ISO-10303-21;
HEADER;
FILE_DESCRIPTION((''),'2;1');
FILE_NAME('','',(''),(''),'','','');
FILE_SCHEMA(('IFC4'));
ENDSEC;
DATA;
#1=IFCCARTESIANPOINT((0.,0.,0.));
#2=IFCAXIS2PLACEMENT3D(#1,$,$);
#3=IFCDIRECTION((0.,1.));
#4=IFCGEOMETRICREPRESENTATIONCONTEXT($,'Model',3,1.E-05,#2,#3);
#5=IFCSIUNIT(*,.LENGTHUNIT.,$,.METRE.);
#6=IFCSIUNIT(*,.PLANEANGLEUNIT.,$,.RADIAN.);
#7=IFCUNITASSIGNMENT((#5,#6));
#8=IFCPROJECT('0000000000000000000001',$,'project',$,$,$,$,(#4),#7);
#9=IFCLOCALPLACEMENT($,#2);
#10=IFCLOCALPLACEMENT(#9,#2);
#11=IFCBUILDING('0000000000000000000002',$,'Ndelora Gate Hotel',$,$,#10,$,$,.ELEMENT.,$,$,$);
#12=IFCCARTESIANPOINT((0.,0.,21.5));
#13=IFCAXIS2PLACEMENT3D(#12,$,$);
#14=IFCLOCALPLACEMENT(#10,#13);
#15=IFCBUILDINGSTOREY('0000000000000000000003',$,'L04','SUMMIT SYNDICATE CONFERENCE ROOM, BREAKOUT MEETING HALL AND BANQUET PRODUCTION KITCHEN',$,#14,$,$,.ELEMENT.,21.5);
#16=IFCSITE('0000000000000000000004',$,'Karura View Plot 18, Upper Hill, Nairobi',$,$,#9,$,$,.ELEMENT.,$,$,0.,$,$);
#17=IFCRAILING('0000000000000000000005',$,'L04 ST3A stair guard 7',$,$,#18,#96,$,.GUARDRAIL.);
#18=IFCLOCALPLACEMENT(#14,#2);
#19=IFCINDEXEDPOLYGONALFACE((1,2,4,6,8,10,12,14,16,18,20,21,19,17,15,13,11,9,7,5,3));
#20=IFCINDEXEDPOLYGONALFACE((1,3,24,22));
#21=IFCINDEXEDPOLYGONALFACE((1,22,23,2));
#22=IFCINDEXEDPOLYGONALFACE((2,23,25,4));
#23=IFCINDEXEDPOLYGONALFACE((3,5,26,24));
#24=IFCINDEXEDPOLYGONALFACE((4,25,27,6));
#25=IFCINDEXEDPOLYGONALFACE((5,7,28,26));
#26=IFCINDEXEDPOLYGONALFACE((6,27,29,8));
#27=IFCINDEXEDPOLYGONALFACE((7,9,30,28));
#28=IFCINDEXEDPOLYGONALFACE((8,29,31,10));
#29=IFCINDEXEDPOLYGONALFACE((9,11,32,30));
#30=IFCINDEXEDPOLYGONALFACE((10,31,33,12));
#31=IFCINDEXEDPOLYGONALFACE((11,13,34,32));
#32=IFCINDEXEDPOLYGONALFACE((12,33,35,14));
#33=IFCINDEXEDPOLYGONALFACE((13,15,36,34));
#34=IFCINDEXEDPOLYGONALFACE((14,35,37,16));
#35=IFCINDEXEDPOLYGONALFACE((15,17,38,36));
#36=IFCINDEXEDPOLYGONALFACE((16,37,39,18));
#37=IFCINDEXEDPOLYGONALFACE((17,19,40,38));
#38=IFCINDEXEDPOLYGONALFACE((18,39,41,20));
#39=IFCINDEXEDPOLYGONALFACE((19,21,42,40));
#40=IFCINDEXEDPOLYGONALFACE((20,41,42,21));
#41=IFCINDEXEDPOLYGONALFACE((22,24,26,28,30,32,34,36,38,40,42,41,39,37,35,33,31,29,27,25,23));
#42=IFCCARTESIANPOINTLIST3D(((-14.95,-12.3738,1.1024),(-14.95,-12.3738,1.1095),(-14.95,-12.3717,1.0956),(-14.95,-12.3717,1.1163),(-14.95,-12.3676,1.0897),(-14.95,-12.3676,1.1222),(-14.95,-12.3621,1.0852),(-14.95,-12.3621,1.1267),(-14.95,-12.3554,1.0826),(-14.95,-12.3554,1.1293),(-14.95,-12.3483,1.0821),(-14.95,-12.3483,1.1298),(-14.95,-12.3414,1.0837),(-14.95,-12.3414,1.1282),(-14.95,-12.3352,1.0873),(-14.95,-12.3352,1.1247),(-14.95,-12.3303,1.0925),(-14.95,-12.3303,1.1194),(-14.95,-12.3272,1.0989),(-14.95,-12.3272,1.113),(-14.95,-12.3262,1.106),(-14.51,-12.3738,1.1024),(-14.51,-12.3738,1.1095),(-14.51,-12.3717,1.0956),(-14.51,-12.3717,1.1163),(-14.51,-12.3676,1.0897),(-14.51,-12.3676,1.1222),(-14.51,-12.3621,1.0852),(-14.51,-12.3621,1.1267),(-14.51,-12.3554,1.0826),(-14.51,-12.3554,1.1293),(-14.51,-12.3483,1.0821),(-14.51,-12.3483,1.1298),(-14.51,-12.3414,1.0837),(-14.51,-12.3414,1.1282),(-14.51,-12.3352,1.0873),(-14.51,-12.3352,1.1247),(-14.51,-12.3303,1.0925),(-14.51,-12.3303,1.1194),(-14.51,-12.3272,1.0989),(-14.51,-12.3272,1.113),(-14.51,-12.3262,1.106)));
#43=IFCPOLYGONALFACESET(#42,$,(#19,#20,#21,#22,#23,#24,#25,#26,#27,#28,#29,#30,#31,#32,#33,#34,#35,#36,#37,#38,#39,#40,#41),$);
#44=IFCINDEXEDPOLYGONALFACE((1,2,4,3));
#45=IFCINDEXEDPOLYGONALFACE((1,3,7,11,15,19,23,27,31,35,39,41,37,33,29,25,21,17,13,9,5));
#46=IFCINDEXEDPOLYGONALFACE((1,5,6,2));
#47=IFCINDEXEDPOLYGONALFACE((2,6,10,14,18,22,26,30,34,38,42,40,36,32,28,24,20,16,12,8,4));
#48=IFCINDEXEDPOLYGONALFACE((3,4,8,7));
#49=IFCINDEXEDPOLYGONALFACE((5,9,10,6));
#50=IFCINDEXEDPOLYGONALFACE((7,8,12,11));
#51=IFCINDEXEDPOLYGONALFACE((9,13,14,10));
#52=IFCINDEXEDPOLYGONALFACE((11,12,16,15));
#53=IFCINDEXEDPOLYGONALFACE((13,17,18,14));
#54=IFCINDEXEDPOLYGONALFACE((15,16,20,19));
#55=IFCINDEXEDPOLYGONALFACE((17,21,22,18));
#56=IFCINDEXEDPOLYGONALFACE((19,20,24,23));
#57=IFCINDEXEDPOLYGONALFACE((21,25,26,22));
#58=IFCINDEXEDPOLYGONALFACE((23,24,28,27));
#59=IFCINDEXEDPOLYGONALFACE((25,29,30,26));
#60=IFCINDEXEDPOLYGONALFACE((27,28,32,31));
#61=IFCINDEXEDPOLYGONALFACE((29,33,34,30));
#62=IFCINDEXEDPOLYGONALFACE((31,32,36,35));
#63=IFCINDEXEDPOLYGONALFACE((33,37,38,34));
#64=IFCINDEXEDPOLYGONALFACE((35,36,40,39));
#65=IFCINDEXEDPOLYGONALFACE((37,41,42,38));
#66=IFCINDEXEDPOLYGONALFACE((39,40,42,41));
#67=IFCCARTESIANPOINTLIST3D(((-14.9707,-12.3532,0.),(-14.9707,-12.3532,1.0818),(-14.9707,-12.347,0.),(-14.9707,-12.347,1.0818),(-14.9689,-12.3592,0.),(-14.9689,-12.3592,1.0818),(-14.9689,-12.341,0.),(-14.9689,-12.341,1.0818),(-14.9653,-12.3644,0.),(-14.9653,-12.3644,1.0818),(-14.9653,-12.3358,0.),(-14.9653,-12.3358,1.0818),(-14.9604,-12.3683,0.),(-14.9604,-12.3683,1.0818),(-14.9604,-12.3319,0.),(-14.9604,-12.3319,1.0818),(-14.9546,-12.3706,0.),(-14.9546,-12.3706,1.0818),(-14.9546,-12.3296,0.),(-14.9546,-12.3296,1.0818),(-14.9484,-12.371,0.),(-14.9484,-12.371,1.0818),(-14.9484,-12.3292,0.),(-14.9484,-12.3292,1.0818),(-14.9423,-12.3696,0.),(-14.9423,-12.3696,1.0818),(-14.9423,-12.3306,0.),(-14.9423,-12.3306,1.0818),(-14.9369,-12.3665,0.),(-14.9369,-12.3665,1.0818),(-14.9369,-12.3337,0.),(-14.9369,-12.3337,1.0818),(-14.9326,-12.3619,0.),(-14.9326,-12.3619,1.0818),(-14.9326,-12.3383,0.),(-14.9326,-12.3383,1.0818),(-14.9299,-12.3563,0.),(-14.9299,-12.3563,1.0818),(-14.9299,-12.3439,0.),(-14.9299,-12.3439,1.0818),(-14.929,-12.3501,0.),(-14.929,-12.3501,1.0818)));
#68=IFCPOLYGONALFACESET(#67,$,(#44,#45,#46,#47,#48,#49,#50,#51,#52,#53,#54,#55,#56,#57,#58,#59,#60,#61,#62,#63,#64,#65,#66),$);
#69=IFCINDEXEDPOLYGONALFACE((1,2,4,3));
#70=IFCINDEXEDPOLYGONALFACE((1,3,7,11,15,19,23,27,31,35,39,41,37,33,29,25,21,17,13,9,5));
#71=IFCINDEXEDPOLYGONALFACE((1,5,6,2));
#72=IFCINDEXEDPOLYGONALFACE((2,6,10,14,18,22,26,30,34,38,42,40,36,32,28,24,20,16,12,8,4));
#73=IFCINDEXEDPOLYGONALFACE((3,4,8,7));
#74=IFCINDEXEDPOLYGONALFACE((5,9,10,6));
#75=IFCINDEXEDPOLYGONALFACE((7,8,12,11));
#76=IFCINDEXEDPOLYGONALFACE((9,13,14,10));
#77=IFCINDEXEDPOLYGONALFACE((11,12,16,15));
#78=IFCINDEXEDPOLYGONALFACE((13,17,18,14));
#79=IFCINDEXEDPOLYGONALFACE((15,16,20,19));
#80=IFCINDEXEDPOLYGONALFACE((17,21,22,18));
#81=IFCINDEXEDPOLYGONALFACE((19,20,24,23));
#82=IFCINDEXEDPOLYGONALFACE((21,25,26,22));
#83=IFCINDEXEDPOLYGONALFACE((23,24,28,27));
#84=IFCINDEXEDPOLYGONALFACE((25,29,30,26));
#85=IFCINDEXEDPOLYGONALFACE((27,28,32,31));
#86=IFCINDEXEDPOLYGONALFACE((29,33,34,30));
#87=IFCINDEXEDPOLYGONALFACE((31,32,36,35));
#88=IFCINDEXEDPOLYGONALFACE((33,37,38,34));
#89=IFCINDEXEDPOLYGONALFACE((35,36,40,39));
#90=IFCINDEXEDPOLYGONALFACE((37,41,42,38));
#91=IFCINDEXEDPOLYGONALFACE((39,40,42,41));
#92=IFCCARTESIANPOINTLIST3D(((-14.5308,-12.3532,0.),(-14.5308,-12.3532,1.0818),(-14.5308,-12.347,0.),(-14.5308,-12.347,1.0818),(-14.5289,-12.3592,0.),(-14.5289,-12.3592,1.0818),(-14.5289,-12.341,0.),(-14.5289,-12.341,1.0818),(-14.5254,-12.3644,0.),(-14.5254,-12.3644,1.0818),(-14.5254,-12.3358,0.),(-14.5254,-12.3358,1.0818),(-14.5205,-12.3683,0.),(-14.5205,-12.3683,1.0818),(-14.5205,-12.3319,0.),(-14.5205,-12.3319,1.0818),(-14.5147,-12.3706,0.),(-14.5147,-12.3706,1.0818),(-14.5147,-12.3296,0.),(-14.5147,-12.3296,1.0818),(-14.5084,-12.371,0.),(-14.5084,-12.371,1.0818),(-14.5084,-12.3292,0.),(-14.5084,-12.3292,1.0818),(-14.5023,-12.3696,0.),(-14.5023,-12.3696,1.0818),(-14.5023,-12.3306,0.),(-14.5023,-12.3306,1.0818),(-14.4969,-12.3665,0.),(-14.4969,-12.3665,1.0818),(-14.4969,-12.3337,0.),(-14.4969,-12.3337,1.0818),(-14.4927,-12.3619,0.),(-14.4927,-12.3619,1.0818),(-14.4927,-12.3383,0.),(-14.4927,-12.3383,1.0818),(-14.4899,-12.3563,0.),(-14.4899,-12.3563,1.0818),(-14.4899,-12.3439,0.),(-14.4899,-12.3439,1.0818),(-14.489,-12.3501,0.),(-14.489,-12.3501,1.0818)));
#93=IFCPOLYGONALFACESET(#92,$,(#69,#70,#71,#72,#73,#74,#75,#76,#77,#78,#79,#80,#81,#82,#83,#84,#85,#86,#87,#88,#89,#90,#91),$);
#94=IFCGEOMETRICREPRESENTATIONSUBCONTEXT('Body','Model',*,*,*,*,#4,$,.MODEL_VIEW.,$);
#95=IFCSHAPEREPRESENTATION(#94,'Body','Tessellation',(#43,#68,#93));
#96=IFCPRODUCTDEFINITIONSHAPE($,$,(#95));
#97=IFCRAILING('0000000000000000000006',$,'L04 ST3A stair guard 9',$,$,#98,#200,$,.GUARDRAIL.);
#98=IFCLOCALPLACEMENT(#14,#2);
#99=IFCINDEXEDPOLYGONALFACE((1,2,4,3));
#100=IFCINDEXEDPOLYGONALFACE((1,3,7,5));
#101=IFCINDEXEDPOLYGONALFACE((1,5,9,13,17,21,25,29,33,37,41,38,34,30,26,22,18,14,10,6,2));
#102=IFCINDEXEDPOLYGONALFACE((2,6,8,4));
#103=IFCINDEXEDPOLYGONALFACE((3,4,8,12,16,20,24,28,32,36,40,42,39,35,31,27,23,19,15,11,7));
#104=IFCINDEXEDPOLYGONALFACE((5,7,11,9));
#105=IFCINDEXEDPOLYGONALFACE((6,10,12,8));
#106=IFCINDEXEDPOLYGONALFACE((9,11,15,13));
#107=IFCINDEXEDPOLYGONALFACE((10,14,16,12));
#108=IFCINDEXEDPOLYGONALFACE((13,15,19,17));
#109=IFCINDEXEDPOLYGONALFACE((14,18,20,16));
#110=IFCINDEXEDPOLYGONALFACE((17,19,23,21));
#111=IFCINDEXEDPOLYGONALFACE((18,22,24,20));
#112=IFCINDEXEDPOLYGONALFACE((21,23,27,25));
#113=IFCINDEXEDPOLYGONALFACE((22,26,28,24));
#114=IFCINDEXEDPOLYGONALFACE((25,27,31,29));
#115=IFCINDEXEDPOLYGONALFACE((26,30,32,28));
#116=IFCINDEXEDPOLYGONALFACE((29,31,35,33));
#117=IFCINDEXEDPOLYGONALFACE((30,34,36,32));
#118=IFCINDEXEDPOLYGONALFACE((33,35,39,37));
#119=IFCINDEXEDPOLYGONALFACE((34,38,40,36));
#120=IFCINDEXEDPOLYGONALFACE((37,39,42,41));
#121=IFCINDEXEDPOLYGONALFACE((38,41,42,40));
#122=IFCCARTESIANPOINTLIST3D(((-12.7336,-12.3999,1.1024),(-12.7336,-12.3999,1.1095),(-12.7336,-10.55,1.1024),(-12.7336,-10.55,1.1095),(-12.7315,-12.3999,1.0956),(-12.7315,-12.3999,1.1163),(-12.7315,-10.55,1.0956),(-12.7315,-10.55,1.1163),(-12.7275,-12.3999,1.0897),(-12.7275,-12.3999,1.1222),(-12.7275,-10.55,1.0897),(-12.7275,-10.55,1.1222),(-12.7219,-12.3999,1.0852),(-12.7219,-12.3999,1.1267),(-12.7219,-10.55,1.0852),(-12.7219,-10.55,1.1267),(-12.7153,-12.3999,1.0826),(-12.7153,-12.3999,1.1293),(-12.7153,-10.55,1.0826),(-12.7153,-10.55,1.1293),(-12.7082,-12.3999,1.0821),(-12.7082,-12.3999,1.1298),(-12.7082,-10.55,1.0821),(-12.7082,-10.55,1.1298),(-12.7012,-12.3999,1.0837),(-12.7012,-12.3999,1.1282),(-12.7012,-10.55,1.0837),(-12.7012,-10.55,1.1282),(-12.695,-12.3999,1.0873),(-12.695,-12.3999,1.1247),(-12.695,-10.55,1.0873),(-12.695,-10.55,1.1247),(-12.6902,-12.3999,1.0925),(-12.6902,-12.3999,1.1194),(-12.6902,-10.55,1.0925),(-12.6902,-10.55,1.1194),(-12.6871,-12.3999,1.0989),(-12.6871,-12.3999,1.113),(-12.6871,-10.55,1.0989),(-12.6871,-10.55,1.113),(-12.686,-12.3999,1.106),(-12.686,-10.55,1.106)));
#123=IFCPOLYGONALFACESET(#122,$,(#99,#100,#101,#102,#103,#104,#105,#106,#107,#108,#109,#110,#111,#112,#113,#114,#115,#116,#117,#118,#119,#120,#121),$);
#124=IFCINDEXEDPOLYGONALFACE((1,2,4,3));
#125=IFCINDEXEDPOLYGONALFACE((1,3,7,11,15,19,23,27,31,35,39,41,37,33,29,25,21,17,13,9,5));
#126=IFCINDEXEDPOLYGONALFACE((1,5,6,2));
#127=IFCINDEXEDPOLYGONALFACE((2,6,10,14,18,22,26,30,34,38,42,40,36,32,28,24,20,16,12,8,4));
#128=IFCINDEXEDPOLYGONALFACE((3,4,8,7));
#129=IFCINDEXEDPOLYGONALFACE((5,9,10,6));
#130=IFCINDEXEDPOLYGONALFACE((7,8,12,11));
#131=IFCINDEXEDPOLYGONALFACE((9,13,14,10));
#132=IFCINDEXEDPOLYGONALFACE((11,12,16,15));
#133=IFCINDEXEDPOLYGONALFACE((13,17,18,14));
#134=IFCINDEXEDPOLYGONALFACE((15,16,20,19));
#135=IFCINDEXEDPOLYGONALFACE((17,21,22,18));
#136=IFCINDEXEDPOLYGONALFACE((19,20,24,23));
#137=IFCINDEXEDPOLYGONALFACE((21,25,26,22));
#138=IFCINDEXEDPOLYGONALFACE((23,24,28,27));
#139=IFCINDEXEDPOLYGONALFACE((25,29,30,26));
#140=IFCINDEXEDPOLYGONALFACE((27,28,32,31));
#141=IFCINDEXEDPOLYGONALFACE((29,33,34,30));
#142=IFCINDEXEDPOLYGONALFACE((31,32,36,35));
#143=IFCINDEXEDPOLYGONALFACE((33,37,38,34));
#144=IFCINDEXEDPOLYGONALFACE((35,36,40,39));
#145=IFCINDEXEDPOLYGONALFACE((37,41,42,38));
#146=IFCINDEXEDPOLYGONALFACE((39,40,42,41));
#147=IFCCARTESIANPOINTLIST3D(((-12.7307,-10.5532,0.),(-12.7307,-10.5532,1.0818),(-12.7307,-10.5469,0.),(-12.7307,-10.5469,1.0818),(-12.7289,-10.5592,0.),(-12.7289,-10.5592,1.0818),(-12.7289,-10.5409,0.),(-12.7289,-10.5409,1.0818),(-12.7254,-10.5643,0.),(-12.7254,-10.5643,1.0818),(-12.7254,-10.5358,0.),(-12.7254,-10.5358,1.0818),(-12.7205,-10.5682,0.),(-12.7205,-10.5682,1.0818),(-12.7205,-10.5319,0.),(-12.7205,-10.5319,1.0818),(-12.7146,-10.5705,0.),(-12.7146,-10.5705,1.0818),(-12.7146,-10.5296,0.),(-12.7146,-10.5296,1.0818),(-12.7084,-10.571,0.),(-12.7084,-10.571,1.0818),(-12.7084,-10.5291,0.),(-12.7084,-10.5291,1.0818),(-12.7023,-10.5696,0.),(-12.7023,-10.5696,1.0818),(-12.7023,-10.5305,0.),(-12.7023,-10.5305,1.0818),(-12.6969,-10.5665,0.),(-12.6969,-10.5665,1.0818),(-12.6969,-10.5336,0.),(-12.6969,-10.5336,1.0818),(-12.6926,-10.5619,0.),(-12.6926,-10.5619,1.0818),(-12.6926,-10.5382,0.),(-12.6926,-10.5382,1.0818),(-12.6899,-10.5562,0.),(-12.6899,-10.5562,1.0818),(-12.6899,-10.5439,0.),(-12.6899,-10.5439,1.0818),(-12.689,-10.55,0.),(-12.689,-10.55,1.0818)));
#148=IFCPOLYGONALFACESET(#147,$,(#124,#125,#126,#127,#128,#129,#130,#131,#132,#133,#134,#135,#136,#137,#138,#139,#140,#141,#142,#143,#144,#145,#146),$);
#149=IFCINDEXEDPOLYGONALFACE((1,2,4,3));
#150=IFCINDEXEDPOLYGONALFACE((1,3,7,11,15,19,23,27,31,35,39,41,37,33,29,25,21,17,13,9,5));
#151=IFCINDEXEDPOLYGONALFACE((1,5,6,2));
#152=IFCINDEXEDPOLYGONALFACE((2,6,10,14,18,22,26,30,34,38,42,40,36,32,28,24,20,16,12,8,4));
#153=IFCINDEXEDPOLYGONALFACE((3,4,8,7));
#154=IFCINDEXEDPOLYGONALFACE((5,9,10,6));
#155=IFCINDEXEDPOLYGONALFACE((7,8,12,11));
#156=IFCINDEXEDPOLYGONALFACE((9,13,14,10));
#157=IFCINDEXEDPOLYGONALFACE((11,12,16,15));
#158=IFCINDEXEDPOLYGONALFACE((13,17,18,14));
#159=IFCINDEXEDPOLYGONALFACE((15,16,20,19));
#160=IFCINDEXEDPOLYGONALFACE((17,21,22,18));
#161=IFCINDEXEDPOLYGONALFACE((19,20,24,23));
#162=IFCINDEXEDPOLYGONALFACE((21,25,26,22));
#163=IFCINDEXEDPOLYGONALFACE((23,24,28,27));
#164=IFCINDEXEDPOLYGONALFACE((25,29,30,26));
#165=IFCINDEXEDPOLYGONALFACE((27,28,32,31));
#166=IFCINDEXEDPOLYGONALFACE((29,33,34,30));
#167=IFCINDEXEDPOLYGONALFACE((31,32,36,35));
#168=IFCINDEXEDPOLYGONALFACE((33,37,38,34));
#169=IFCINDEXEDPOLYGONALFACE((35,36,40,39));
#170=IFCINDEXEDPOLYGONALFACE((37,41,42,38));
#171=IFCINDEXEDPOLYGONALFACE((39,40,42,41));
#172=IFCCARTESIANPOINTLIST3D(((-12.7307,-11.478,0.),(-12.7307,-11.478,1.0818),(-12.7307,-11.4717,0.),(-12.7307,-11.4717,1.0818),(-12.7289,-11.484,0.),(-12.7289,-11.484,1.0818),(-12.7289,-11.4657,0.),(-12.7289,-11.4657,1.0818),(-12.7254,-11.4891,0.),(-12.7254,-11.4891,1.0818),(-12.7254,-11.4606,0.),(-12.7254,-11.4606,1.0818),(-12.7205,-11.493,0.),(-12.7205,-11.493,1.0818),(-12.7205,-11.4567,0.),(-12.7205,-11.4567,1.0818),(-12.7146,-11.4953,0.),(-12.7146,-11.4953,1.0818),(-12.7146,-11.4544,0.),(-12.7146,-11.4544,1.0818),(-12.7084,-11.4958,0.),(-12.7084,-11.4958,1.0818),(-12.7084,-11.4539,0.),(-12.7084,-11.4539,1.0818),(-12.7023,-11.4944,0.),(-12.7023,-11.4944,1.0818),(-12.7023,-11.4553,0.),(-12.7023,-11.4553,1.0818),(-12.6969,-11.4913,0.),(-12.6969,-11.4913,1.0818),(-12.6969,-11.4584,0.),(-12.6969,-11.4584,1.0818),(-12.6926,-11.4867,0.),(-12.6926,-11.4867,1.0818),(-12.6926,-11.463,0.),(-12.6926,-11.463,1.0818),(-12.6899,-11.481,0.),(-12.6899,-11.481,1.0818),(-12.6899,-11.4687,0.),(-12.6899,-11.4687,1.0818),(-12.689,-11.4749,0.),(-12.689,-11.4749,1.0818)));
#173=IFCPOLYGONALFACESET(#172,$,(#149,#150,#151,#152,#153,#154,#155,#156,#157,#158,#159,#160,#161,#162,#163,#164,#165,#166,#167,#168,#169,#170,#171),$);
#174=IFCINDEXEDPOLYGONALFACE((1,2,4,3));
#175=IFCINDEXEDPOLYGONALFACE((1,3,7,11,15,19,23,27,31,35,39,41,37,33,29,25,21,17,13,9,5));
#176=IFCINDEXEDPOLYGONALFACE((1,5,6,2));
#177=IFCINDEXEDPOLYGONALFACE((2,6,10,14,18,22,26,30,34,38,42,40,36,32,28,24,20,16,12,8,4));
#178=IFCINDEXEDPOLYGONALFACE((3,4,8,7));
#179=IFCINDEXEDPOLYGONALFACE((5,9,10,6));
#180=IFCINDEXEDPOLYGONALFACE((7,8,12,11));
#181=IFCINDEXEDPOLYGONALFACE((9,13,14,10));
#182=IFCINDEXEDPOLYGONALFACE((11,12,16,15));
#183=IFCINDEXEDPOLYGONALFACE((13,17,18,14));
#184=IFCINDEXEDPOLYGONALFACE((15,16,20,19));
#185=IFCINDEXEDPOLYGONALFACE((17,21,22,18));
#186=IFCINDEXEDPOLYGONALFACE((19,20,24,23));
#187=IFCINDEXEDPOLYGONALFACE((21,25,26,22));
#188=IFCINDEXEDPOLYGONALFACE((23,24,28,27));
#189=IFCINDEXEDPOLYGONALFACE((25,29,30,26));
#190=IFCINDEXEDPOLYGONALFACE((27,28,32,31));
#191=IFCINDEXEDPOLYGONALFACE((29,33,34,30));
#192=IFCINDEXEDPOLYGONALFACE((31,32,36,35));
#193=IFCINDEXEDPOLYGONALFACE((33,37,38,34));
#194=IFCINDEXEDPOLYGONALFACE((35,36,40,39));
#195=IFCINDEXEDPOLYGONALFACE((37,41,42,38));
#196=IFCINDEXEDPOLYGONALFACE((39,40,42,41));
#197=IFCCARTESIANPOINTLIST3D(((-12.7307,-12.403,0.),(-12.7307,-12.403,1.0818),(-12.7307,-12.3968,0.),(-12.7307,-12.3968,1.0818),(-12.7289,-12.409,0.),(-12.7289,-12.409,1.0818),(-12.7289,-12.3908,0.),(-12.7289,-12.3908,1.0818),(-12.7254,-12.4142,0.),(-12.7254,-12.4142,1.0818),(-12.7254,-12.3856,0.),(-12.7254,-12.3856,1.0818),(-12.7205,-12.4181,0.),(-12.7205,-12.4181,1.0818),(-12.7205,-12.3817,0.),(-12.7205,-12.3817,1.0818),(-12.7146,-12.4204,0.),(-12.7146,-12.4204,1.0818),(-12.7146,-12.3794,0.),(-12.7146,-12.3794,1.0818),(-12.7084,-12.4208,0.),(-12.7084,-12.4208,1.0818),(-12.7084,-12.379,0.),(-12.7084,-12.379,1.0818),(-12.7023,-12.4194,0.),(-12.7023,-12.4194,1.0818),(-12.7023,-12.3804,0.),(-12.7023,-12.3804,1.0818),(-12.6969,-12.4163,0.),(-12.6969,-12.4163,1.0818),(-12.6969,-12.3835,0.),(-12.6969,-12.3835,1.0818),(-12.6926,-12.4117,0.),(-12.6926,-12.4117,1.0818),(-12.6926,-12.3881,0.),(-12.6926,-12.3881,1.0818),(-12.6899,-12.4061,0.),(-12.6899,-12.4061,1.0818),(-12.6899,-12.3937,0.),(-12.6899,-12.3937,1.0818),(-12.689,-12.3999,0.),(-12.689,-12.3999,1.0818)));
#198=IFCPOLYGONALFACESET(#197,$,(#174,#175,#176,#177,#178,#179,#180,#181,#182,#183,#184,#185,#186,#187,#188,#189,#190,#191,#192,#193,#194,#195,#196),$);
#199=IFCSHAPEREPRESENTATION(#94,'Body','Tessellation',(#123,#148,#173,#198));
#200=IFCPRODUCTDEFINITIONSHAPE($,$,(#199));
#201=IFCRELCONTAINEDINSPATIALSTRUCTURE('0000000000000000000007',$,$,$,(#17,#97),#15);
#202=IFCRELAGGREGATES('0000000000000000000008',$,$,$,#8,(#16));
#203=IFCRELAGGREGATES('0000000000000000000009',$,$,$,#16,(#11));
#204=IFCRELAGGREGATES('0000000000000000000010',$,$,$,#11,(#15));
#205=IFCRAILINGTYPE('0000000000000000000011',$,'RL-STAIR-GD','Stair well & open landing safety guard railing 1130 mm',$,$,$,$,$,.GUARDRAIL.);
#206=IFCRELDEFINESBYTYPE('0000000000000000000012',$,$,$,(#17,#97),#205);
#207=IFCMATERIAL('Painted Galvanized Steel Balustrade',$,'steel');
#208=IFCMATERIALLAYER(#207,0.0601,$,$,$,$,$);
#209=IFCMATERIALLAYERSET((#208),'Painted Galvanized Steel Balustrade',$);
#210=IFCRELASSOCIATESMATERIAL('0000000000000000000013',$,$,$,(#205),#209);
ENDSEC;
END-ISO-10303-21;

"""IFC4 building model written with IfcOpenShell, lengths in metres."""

from ifc_helpers import new_model, si_unit, direction, frame, origin, origin_2d, place, context, subcontext, project, spatial, circle, extrude, material, layer, layer_set, type_object, element, save


model = new_model("IFC4")

# Units and contexts
model_context = context("Model", 3, precision=1e-05, world=origin(), true_north=direction((0.0, 1.0)))
body_context = subcontext(model_context, "Body", "Model", "MODEL_VIEW")
ifc_project = project(units=[si_unit("LENGTHUNIT", "METRE"), si_unit("PLANEANGLEUNIT", "RADIAN")], contexts=[model_context])

# Site, building, storey
site_placement = place(None, origin())
site = spatial("IfcSite", under=ifc_project, at=site_placement, Name="Karura View Plot 18, Upper Hill, Nairobi", CompositionType="ELEMENT", RefElevation=0.0)
building_placement = place(site_placement, origin())
building = spatial("IfcBuilding", under=site, at=building_placement, Name="Ndelora Gate Hotel", CompositionType="ELEMENT")
storey_placement = place(building_placement, frame((0.0, 0.0, 21.5)))
storey = spatial("IfcBuildingStorey", under=building, at=storey_placement, Name="L04", Description="SUMMIT SYNDICATE CONFERENCE ROOM, BREAKOUT MEETING HALL AND BANQUET PRODUCTION KITCHEN", CompositionType="ELEMENT", Elevation=21.5)

# Railings
ifc_material_1 = material(Name="Painted Galvanized Steel Balustrade", Category="steel")
ifc_layer_1 = layer(ifc_material_1, 0.0601)
ifc_layer_set_1 = layer_set([ifc_layer_1], Name="Painted Galvanized Steel Balustrade")
railing_type_1 = type_object("IfcRailingType", Name="RL-STAIR-GD", Description="Stair well & open landing safety guard railing 1130 mm", PredefinedType="GUARDRAIL", material=ifc_layer_set_1)
railing_1_placement = place(storey_placement, frame((-14.95, -12.3501, 0.0)))
element("IfcRailing", 1, at=railing_1_placement, inside=storey, type_object=railing_type_1, Name="L04 ST3A stair guard 7", PredefinedType="GUARDRAIL", context=body_context, shape_type="SweptSolid", body=[
    extrude(circle(Radius=0.0239, at=origin_2d()), frame((0.0, 0.0, 1.106), z_axis=(1.0, 0.0, 0.0), x_axis=(0.0, 1.0, 0.0)), (0.0, 0.0, 1.0), 0.4399),
    extrude(circle(Radius=0.021, at=origin_2d()), origin(), (0.0, 0.0, 1.0), 1.0818),
    extrude(circle(Radius=0.021, at=origin_2d()), frame((0.4399, 0.0, 0.0)), (0.0, 0.0, 1.0), 1.0818),
])
railing_2_placement = place(storey_placement, frame((-12.71, -10.55, 0.0)))
element("IfcRailing", 2, at=railing_2_placement, inside=storey, type_object=railing_type_1, Name="L04 ST3A stair guard 9", PredefinedType="GUARDRAIL", context=body_context, shape_type="SweptSolid", body=[
    extrude(circle(Radius=0.0239, at=origin_2d()), frame((0.0, 0.0, 1.106), z_axis=(0.0, -1.0, 0.0), x_axis=(1.0, 0.0, 0.0)), (0.0, 0.0, 1.0), 1.8499),
    extrude(circle(Radius=0.021, at=origin_2d()), origin(), (0.0, 0.0, 1.0), 1.0818),
    extrude(circle(Radius=0.021, at=origin_2d()), frame((0.0, -0.9248, 0.0)), (0.0, 0.0, 1.0), 1.0818),
    extrude(circle(Radius=0.021, at=origin_2d()), frame((0.0, -1.8499, 0.0)), (0.0, 0.0, 1.0), 1.0818),
])

save(model, "model.ifc")
